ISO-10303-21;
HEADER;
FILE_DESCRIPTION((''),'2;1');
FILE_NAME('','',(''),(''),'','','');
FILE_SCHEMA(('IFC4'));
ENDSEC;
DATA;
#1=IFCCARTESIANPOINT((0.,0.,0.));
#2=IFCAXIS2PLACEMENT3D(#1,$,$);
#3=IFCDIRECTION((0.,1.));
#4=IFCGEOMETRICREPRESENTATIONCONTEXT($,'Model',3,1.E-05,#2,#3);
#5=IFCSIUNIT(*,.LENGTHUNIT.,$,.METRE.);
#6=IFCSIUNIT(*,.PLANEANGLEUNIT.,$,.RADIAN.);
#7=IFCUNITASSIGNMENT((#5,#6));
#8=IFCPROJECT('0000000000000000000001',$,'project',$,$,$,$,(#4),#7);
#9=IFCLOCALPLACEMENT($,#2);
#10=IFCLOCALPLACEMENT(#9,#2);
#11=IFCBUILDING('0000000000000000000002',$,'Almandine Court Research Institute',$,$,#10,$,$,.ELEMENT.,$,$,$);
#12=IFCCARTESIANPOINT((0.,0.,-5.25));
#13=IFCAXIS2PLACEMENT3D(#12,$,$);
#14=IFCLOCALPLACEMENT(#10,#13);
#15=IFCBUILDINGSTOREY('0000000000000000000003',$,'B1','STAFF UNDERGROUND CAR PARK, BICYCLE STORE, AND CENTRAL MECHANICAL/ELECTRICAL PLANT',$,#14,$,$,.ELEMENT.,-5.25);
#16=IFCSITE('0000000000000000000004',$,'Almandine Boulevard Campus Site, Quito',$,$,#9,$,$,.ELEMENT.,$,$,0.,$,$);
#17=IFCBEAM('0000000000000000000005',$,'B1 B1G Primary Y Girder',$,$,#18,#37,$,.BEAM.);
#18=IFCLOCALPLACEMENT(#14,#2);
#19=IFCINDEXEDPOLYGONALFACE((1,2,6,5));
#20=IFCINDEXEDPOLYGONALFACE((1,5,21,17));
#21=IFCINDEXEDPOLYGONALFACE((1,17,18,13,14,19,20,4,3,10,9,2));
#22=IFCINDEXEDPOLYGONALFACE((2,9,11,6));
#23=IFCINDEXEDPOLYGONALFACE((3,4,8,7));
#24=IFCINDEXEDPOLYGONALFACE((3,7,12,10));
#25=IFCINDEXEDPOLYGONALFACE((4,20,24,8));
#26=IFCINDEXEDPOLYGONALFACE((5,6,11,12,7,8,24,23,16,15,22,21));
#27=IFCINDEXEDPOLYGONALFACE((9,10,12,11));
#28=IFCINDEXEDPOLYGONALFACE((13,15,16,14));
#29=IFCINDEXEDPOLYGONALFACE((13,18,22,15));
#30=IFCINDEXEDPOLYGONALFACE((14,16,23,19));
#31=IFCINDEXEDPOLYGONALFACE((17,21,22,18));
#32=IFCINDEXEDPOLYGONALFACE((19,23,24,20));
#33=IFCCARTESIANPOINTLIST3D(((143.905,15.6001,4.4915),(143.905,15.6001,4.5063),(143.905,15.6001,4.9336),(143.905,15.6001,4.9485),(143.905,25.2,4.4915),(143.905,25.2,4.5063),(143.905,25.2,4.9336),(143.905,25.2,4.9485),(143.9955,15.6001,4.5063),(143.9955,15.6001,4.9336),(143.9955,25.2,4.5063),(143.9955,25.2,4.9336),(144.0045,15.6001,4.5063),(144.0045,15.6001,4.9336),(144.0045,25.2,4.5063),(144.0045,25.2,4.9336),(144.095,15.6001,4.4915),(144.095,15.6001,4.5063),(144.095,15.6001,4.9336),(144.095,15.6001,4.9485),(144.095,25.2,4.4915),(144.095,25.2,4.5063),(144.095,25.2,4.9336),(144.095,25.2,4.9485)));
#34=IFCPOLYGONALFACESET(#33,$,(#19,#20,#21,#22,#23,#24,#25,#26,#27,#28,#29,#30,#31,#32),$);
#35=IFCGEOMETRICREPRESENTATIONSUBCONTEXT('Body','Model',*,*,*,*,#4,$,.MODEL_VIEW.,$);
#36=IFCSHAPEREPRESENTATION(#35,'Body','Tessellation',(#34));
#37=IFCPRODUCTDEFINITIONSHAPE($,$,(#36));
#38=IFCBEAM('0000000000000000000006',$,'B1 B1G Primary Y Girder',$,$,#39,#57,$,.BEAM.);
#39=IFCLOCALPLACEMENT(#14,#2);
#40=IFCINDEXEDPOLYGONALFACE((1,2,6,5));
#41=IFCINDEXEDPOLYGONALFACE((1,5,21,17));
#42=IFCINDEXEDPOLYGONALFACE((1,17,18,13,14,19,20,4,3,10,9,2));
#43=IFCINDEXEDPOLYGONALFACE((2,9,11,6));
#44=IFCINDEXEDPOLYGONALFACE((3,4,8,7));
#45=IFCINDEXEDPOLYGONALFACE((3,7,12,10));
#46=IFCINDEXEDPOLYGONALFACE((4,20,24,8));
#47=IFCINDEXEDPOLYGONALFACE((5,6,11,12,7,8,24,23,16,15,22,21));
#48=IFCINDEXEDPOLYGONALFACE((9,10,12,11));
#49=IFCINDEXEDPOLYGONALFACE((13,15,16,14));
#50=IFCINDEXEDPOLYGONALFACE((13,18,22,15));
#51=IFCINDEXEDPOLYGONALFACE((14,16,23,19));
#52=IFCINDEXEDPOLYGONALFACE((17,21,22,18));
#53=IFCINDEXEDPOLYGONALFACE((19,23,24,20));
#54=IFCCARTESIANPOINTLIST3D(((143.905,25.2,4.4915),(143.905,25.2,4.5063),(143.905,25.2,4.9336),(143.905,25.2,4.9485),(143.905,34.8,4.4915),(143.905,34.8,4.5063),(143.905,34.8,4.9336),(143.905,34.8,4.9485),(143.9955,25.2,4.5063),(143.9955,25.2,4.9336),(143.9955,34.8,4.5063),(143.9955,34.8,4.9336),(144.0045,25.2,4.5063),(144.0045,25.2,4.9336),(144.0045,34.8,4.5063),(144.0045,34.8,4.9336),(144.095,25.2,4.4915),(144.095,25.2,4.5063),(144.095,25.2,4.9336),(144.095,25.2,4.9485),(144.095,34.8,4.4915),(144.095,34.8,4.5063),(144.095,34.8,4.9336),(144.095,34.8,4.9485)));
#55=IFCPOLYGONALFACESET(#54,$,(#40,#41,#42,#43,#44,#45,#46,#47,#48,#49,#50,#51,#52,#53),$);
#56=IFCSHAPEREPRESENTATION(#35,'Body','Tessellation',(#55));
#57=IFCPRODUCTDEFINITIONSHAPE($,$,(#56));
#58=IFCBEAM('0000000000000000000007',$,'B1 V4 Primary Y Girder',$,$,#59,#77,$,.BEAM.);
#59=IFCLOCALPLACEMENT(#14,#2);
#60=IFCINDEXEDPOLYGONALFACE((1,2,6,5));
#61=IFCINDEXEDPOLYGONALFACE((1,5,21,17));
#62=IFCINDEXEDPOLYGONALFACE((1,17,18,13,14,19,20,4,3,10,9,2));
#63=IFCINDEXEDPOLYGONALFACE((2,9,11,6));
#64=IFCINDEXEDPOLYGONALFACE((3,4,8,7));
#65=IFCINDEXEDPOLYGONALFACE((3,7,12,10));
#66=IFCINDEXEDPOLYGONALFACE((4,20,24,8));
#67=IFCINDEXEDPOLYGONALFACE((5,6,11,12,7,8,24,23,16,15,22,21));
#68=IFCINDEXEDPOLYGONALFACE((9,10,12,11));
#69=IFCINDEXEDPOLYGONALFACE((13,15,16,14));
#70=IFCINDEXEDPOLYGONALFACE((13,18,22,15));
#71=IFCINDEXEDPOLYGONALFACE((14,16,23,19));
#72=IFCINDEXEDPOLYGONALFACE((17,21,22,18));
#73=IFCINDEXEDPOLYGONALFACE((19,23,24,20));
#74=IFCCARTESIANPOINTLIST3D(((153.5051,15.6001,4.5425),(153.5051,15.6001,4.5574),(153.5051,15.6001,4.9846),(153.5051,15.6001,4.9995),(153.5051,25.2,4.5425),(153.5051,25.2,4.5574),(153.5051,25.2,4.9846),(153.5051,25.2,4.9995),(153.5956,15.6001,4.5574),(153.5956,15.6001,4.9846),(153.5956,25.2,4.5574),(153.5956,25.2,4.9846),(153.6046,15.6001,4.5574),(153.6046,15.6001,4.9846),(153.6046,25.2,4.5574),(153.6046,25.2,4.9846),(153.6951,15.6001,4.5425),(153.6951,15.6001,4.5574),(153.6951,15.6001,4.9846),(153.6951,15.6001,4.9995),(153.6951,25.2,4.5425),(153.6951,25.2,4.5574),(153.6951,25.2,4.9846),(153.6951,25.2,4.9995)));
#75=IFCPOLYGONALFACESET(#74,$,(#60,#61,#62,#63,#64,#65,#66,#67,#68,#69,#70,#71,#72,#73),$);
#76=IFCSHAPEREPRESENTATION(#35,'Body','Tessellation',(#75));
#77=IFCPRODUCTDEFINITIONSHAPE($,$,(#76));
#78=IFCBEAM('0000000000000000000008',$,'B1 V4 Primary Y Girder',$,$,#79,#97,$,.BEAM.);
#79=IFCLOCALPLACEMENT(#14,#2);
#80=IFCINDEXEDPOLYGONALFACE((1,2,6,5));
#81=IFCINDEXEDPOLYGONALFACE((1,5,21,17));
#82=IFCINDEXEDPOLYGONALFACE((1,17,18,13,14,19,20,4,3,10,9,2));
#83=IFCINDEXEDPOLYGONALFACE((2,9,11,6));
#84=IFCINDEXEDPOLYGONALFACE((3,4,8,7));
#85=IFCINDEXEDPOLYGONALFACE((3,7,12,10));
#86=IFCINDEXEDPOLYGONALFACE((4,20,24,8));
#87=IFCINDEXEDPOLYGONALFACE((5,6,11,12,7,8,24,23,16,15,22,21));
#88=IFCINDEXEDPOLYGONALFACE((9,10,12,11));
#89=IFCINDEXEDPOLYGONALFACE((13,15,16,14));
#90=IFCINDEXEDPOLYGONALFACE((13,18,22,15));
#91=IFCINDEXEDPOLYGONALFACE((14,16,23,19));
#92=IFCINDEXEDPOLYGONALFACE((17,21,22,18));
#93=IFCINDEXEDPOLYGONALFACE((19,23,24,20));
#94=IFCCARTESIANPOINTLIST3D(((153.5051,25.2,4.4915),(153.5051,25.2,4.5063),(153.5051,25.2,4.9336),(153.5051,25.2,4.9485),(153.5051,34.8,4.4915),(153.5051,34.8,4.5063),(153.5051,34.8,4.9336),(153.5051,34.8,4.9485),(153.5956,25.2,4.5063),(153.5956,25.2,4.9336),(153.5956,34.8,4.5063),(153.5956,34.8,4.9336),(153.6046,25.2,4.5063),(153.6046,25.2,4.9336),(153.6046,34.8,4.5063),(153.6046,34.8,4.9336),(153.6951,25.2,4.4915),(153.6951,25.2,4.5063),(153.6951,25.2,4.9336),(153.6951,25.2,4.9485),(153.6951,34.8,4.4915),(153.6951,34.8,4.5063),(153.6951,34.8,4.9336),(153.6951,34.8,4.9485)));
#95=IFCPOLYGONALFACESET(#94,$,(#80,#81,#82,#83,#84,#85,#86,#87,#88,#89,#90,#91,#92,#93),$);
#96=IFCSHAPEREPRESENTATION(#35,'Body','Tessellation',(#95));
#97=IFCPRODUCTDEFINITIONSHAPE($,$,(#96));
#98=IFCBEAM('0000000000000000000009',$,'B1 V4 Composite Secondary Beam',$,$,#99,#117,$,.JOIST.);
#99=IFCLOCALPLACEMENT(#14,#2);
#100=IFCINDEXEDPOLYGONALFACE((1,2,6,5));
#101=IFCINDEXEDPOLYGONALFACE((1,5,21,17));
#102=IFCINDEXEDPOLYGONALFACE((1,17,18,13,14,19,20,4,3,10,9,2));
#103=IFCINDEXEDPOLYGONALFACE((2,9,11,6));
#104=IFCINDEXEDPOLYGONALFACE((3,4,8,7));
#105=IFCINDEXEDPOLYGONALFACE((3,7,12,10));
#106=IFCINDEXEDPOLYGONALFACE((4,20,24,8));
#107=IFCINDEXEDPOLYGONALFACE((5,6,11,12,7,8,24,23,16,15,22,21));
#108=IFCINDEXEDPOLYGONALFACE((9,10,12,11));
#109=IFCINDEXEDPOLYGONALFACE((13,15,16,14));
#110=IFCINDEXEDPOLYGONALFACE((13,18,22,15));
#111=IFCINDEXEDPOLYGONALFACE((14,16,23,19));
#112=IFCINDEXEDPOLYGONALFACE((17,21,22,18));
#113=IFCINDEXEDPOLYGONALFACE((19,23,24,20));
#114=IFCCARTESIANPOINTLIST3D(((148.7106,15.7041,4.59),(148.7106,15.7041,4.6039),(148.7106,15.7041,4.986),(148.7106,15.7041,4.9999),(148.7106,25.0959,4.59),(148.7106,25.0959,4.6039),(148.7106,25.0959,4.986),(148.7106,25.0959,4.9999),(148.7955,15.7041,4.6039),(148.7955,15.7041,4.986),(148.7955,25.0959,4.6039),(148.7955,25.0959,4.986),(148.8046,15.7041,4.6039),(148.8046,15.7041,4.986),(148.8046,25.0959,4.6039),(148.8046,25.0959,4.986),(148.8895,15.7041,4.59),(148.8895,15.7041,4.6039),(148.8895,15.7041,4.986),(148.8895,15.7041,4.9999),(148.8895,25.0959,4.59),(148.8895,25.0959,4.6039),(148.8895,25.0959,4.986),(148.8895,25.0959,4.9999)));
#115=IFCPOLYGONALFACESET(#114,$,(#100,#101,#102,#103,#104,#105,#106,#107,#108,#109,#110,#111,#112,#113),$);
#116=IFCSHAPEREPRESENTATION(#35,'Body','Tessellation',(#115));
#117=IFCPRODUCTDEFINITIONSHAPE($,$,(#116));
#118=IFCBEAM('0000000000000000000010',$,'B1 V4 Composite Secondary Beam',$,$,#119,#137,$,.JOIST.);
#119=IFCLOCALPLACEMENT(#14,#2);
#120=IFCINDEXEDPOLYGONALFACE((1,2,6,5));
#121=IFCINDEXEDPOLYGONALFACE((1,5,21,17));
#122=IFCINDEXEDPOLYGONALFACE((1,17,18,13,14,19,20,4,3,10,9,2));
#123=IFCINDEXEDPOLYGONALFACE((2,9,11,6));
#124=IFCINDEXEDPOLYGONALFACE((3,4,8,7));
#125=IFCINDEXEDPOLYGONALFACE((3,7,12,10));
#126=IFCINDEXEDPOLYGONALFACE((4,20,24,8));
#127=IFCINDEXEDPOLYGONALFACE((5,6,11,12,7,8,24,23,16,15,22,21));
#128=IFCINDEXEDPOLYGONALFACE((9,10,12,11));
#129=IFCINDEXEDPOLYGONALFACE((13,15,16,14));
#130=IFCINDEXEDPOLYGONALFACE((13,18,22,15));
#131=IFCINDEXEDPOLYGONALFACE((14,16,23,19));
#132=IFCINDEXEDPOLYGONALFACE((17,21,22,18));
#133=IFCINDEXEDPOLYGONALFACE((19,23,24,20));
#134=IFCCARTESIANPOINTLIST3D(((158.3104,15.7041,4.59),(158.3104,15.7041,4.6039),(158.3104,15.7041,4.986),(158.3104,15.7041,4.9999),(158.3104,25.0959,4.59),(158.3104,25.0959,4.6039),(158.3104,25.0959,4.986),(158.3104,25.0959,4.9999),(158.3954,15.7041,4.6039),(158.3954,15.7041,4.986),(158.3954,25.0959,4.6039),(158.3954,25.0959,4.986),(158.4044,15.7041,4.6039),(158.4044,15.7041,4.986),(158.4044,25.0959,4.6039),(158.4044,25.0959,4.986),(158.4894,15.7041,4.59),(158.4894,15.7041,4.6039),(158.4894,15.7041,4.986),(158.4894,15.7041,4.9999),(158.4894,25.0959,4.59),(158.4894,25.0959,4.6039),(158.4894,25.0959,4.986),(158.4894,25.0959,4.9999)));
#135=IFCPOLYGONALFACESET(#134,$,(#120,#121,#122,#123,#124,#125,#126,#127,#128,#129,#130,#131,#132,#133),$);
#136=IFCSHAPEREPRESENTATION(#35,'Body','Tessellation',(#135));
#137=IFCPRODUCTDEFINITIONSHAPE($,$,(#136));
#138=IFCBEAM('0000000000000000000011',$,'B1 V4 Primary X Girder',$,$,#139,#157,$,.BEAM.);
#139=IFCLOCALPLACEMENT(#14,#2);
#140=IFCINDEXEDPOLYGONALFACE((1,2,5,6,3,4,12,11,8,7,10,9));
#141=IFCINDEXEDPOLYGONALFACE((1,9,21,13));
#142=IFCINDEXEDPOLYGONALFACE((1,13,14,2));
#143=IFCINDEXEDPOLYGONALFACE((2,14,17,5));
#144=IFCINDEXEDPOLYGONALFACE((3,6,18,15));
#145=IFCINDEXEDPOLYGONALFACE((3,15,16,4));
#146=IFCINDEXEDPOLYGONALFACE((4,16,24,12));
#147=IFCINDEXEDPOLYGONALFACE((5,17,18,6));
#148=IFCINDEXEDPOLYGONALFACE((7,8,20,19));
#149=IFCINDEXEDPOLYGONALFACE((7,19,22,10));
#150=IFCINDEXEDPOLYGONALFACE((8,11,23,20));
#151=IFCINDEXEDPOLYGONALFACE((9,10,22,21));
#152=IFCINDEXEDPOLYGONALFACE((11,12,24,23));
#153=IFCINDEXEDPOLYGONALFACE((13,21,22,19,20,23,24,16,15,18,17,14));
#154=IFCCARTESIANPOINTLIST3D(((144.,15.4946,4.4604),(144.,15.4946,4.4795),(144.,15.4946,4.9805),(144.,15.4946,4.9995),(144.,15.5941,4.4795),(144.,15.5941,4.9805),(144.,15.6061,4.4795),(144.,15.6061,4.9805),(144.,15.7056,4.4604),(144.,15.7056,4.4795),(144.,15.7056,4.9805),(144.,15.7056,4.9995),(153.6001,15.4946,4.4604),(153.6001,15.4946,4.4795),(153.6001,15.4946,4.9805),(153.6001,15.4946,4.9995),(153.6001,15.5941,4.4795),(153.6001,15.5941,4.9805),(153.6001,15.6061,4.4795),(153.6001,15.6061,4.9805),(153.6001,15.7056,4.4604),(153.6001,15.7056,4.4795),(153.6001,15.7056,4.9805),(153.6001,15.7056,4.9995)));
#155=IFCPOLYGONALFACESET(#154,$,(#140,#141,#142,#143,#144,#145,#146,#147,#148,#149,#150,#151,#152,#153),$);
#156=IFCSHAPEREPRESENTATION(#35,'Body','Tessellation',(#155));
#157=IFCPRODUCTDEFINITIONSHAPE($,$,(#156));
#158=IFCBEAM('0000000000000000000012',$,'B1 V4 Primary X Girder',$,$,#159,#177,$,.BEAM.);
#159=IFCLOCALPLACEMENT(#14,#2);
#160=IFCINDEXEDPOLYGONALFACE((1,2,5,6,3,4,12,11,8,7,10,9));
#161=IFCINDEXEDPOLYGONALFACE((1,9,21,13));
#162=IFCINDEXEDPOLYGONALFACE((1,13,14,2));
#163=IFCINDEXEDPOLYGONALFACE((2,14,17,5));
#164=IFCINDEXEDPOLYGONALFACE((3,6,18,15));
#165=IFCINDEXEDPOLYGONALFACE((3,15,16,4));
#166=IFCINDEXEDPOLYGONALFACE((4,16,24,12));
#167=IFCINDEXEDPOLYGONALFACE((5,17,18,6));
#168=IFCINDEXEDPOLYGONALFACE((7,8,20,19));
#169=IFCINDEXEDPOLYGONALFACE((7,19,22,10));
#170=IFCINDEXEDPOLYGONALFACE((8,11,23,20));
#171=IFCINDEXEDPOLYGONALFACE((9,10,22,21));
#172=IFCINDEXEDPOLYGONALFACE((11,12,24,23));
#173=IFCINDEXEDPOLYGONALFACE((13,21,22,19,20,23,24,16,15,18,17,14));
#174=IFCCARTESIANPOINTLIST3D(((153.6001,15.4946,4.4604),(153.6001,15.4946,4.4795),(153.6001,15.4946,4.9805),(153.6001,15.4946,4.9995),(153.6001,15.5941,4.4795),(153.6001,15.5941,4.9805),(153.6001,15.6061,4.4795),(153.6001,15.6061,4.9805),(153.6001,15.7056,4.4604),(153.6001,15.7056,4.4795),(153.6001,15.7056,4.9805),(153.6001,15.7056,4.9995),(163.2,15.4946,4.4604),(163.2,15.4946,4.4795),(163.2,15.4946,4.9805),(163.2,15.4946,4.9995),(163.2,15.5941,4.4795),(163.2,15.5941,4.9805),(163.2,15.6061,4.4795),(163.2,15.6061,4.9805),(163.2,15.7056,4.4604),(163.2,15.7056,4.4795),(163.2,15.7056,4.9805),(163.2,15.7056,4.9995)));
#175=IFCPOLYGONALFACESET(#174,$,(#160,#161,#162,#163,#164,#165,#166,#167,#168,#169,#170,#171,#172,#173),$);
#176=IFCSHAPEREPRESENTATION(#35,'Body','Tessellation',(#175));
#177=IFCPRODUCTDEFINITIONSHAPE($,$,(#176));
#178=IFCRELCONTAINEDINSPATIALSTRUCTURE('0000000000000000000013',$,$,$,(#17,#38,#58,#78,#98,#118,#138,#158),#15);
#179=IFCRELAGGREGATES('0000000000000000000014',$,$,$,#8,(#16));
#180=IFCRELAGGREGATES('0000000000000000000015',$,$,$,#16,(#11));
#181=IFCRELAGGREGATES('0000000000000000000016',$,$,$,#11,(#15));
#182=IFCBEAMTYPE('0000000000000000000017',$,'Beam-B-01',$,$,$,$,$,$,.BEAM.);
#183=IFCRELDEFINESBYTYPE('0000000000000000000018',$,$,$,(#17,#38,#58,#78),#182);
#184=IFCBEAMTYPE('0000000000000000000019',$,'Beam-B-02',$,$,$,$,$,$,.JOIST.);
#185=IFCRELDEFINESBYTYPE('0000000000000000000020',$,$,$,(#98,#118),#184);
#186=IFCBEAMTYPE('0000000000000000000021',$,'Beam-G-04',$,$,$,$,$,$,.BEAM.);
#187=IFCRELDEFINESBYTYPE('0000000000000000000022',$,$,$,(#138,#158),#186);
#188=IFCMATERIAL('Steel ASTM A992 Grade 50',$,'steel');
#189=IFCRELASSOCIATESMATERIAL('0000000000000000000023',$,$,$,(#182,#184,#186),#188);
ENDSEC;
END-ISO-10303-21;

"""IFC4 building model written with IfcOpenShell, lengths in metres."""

from ifc_helpers import new_model, si_unit, direction, frame, origin, origin_2d, place, context, subcontext, project, spatial, i_section, extrude, material, material_profile, profile_set, type_object, element, save


model = new_model("IFC4")

# Units and contexts
model_context = context("Model", 3, precision=1e-05, world=origin(), true_north=direction((0.0, 1.0)))
body_context = subcontext(model_context, "Body", "Model", "MODEL_VIEW")
ifc_project = project(units=[si_unit("LENGTHUNIT", "METRE"), si_unit("PLANEANGLEUNIT", "RADIAN")], contexts=[model_context])

# Site, building, storey
site_placement = place(None, origin())
site = spatial("IfcSite", under=ifc_project, at=site_placement, Name="Almandine Boulevard Campus Site, Quito", CompositionType="ELEMENT", RefElevation=0.0)
building_placement = place(site_placement, origin())
building = spatial("IfcBuilding", under=site, at=building_placement, Name="Almandine Court Research Institute", CompositionType="ELEMENT")
storey_placement = place(building_placement, frame((0.0, 0.0, -5.25)))
storey = spatial("IfcBuildingStorey", under=building, at=storey_placement, Name="B1", Description="STAFF UNDERGROUND CAR PARK, BICYCLE STORE, AND CENTRAL MECHANICAL/ELECTRICAL PLANT", CompositionType="ELEMENT", Elevation=-5.25)

# Beams
ifc_material_1 = material(Name="Steel ASTM A992 Grade 50", Category="steel")
ifc_material_profile_1 = material_profile(ifc_material_1, i_section(OverallWidth=0.1899, OverallDepth=0.457, WebThickness=0.009, FlangeThickness=0.0149, at=origin_2d()), Name="W460x74")
ifc_profile_set_1 = profile_set([ifc_material_profile_1], Name="Steel ASTM A992 Grade 50")
beam_type_1 = type_object("IfcBeamType", Name="Beam-B-01", PredefinedType="BEAM", material=ifc_profile_set_1)
beam_1_placement = place(storey_placement, frame((144.0, 15.6001, 4.72), z_axis=(0.0, 1.0, 0.0), x_axis=(-1.0, 0.0, 0.0)))
element("IfcBeam", 1, at=beam_1_placement, inside=storey, type_object=beam_type_1, Name="B1 B1G Primary Y Girder", PredefinedType="BEAM", context=body_context, shape_type="SweptSolid", body=[
    extrude(i_section(OverallWidth=0.1899, OverallDepth=0.457, WebThickness=0.009, FlangeThickness=0.0149, at=origin_2d()), origin(), (0.0, 0.0, 1.0), 9.5999),
])
beam_2_placement = place(storey_placement, frame((144.0, 25.2, 4.72), z_axis=(0.0, 1.0, 0.0), x_axis=(-1.0, 0.0, 0.0)))
element("IfcBeam", 2, at=beam_2_placement, inside=storey, type_object=beam_type_1, Name="B1 B1G Primary Y Girder", PredefinedType="BEAM", context=body_context, shape_type="SweptSolid", body=[
    extrude(i_section(OverallWidth=0.1899, OverallDepth=0.457, WebThickness=0.009, FlangeThickness=0.0149, at=origin_2d()), origin(), (0.0, 0.0, 1.0), 9.6001),
])
beam_3_placement = place(storey_placement, frame((153.6001, 15.6001, 4.771), z_axis=(0.0, 1.0, 0.0), x_axis=(-1.0, 0.0, 0.0)))
element("IfcBeam", 3, at=beam_3_placement, inside=storey, type_object=beam_type_1, Name="B1 V4 Primary Y Girder", PredefinedType="BEAM", context=body_context, shape_type="SweptSolid", body=[
    extrude(i_section(OverallWidth=0.1899, OverallDepth=0.457, WebThickness=0.009, FlangeThickness=0.0149, at=origin_2d()), origin(), (0.0, 0.0, 1.0), 9.5999),
])
beam_4_placement = place(storey_placement, frame((153.6001, 25.2, 4.72), z_axis=(0.0, 1.0, 0.0), x_axis=(-1.0, 0.0, 0.0)))
element("IfcBeam", 4, at=beam_4_placement, inside=storey, type_object=beam_type_1, Name="B1 V4 Primary Y Girder", PredefinedType="BEAM", context=body_context, shape_type="SweptSolid", body=[
    extrude(i_section(OverallWidth=0.1899, OverallDepth=0.457, WebThickness=0.009, FlangeThickness=0.0149, at=origin_2d()), origin(), (0.0, 0.0, 1.0), 9.6001),
])
ifc_material_profile_2 = material_profile(ifc_material_1, i_section(OverallWidth=0.179, OverallDepth=0.4099, WebThickness=0.009, FlangeThickness=0.0139, at=origin_2d()), Name="W410x67")
ifc_profile_set_2 = profile_set([ifc_material_profile_2], Name="Steel ASTM A992 Grade 50")
beam_type_2 = type_object("IfcBeamType", Name="Beam-B-02", PredefinedType="JOIST", material=ifc_profile_set_2)
for number, where, z_axis, x_axis, name in (
    (5, (148.8, 15.7041, 4.7949), (0.0, 1.0, 0.0), (-1.0, 0.0, 0.0), "B1 V4 Composite Secondary Beam"),
    (6, (158.3999, 15.7041, 4.7949), (0.0, 1.0, 0.0), (-1.0, 0.0, 0.0), "B1 V4 Composite Secondary Beam"),
):
    element("IfcBeam", number, at=place(storey_placement, frame(where, z_axis=z_axis, x_axis=x_axis)), inside=storey, type_object=beam_type_2, Name=name, PredefinedType="JOIST", context=body_context, shape_type="SweptSolid", body=[
        extrude(i_section(OverallWidth=0.179, OverallDepth=0.4099, WebThickness=0.009, FlangeThickness=0.0139, at=origin_2d()), origin(), (0.0, 0.0, 1.0), 9.3918),
    ])
ifc_material_profile_3 = material_profile(ifc_material_1, i_section(OverallWidth=0.2109, OverallDepth=0.5391, WebThickness=0.012, FlangeThickness=0.019, at=origin_2d()), Name="W530x109")
ifc_profile_set_3 = profile_set([ifc_material_profile_3], Name="Steel ASTM A992 Grade 50")
beam_type_3 = type_object("IfcBeamType", Name="Beam-G-04", PredefinedType="BEAM", material=ifc_profile_set_3)
beam_5_placement = place(storey_placement, frame((144.0, 15.6001, 4.73), z_axis=(1.0, 0.0, 0.0), x_axis=(0.0, 1.0, 0.0)))
element("IfcBeam", 7, at=beam_5_placement, inside=storey, type_object=beam_type_3, Name="B1 V4 Primary X Girder", PredefinedType="BEAM", context=body_context, shape_type="SweptSolid", body=[
    extrude(i_section(OverallWidth=0.2109, OverallDepth=0.5391, WebThickness=0.012, FlangeThickness=0.019, at=origin_2d()), origin(), (0.0, 0.0, 1.0), 9.6001),
])
beam_6_placement = place(storey_placement, frame((153.6001, 15.6001, 4.73), z_axis=(1.0, 0.0, 0.0), x_axis=(0.0, 1.0, 0.0)))
element("IfcBeam", 8, at=beam_6_placement, inside=storey, type_object=beam_type_3, Name="B1 V4 Primary X Girder", PredefinedType="BEAM", context=body_context, shape_type="SweptSolid", body=[
    extrude(i_section(OverallWidth=0.2109, OverallDepth=0.5391, WebThickness=0.012, FlangeThickness=0.019, at=origin_2d()), origin(), (0.0, 0.0, 1.0), 9.5999),
])

save(model, "model.ifc")
